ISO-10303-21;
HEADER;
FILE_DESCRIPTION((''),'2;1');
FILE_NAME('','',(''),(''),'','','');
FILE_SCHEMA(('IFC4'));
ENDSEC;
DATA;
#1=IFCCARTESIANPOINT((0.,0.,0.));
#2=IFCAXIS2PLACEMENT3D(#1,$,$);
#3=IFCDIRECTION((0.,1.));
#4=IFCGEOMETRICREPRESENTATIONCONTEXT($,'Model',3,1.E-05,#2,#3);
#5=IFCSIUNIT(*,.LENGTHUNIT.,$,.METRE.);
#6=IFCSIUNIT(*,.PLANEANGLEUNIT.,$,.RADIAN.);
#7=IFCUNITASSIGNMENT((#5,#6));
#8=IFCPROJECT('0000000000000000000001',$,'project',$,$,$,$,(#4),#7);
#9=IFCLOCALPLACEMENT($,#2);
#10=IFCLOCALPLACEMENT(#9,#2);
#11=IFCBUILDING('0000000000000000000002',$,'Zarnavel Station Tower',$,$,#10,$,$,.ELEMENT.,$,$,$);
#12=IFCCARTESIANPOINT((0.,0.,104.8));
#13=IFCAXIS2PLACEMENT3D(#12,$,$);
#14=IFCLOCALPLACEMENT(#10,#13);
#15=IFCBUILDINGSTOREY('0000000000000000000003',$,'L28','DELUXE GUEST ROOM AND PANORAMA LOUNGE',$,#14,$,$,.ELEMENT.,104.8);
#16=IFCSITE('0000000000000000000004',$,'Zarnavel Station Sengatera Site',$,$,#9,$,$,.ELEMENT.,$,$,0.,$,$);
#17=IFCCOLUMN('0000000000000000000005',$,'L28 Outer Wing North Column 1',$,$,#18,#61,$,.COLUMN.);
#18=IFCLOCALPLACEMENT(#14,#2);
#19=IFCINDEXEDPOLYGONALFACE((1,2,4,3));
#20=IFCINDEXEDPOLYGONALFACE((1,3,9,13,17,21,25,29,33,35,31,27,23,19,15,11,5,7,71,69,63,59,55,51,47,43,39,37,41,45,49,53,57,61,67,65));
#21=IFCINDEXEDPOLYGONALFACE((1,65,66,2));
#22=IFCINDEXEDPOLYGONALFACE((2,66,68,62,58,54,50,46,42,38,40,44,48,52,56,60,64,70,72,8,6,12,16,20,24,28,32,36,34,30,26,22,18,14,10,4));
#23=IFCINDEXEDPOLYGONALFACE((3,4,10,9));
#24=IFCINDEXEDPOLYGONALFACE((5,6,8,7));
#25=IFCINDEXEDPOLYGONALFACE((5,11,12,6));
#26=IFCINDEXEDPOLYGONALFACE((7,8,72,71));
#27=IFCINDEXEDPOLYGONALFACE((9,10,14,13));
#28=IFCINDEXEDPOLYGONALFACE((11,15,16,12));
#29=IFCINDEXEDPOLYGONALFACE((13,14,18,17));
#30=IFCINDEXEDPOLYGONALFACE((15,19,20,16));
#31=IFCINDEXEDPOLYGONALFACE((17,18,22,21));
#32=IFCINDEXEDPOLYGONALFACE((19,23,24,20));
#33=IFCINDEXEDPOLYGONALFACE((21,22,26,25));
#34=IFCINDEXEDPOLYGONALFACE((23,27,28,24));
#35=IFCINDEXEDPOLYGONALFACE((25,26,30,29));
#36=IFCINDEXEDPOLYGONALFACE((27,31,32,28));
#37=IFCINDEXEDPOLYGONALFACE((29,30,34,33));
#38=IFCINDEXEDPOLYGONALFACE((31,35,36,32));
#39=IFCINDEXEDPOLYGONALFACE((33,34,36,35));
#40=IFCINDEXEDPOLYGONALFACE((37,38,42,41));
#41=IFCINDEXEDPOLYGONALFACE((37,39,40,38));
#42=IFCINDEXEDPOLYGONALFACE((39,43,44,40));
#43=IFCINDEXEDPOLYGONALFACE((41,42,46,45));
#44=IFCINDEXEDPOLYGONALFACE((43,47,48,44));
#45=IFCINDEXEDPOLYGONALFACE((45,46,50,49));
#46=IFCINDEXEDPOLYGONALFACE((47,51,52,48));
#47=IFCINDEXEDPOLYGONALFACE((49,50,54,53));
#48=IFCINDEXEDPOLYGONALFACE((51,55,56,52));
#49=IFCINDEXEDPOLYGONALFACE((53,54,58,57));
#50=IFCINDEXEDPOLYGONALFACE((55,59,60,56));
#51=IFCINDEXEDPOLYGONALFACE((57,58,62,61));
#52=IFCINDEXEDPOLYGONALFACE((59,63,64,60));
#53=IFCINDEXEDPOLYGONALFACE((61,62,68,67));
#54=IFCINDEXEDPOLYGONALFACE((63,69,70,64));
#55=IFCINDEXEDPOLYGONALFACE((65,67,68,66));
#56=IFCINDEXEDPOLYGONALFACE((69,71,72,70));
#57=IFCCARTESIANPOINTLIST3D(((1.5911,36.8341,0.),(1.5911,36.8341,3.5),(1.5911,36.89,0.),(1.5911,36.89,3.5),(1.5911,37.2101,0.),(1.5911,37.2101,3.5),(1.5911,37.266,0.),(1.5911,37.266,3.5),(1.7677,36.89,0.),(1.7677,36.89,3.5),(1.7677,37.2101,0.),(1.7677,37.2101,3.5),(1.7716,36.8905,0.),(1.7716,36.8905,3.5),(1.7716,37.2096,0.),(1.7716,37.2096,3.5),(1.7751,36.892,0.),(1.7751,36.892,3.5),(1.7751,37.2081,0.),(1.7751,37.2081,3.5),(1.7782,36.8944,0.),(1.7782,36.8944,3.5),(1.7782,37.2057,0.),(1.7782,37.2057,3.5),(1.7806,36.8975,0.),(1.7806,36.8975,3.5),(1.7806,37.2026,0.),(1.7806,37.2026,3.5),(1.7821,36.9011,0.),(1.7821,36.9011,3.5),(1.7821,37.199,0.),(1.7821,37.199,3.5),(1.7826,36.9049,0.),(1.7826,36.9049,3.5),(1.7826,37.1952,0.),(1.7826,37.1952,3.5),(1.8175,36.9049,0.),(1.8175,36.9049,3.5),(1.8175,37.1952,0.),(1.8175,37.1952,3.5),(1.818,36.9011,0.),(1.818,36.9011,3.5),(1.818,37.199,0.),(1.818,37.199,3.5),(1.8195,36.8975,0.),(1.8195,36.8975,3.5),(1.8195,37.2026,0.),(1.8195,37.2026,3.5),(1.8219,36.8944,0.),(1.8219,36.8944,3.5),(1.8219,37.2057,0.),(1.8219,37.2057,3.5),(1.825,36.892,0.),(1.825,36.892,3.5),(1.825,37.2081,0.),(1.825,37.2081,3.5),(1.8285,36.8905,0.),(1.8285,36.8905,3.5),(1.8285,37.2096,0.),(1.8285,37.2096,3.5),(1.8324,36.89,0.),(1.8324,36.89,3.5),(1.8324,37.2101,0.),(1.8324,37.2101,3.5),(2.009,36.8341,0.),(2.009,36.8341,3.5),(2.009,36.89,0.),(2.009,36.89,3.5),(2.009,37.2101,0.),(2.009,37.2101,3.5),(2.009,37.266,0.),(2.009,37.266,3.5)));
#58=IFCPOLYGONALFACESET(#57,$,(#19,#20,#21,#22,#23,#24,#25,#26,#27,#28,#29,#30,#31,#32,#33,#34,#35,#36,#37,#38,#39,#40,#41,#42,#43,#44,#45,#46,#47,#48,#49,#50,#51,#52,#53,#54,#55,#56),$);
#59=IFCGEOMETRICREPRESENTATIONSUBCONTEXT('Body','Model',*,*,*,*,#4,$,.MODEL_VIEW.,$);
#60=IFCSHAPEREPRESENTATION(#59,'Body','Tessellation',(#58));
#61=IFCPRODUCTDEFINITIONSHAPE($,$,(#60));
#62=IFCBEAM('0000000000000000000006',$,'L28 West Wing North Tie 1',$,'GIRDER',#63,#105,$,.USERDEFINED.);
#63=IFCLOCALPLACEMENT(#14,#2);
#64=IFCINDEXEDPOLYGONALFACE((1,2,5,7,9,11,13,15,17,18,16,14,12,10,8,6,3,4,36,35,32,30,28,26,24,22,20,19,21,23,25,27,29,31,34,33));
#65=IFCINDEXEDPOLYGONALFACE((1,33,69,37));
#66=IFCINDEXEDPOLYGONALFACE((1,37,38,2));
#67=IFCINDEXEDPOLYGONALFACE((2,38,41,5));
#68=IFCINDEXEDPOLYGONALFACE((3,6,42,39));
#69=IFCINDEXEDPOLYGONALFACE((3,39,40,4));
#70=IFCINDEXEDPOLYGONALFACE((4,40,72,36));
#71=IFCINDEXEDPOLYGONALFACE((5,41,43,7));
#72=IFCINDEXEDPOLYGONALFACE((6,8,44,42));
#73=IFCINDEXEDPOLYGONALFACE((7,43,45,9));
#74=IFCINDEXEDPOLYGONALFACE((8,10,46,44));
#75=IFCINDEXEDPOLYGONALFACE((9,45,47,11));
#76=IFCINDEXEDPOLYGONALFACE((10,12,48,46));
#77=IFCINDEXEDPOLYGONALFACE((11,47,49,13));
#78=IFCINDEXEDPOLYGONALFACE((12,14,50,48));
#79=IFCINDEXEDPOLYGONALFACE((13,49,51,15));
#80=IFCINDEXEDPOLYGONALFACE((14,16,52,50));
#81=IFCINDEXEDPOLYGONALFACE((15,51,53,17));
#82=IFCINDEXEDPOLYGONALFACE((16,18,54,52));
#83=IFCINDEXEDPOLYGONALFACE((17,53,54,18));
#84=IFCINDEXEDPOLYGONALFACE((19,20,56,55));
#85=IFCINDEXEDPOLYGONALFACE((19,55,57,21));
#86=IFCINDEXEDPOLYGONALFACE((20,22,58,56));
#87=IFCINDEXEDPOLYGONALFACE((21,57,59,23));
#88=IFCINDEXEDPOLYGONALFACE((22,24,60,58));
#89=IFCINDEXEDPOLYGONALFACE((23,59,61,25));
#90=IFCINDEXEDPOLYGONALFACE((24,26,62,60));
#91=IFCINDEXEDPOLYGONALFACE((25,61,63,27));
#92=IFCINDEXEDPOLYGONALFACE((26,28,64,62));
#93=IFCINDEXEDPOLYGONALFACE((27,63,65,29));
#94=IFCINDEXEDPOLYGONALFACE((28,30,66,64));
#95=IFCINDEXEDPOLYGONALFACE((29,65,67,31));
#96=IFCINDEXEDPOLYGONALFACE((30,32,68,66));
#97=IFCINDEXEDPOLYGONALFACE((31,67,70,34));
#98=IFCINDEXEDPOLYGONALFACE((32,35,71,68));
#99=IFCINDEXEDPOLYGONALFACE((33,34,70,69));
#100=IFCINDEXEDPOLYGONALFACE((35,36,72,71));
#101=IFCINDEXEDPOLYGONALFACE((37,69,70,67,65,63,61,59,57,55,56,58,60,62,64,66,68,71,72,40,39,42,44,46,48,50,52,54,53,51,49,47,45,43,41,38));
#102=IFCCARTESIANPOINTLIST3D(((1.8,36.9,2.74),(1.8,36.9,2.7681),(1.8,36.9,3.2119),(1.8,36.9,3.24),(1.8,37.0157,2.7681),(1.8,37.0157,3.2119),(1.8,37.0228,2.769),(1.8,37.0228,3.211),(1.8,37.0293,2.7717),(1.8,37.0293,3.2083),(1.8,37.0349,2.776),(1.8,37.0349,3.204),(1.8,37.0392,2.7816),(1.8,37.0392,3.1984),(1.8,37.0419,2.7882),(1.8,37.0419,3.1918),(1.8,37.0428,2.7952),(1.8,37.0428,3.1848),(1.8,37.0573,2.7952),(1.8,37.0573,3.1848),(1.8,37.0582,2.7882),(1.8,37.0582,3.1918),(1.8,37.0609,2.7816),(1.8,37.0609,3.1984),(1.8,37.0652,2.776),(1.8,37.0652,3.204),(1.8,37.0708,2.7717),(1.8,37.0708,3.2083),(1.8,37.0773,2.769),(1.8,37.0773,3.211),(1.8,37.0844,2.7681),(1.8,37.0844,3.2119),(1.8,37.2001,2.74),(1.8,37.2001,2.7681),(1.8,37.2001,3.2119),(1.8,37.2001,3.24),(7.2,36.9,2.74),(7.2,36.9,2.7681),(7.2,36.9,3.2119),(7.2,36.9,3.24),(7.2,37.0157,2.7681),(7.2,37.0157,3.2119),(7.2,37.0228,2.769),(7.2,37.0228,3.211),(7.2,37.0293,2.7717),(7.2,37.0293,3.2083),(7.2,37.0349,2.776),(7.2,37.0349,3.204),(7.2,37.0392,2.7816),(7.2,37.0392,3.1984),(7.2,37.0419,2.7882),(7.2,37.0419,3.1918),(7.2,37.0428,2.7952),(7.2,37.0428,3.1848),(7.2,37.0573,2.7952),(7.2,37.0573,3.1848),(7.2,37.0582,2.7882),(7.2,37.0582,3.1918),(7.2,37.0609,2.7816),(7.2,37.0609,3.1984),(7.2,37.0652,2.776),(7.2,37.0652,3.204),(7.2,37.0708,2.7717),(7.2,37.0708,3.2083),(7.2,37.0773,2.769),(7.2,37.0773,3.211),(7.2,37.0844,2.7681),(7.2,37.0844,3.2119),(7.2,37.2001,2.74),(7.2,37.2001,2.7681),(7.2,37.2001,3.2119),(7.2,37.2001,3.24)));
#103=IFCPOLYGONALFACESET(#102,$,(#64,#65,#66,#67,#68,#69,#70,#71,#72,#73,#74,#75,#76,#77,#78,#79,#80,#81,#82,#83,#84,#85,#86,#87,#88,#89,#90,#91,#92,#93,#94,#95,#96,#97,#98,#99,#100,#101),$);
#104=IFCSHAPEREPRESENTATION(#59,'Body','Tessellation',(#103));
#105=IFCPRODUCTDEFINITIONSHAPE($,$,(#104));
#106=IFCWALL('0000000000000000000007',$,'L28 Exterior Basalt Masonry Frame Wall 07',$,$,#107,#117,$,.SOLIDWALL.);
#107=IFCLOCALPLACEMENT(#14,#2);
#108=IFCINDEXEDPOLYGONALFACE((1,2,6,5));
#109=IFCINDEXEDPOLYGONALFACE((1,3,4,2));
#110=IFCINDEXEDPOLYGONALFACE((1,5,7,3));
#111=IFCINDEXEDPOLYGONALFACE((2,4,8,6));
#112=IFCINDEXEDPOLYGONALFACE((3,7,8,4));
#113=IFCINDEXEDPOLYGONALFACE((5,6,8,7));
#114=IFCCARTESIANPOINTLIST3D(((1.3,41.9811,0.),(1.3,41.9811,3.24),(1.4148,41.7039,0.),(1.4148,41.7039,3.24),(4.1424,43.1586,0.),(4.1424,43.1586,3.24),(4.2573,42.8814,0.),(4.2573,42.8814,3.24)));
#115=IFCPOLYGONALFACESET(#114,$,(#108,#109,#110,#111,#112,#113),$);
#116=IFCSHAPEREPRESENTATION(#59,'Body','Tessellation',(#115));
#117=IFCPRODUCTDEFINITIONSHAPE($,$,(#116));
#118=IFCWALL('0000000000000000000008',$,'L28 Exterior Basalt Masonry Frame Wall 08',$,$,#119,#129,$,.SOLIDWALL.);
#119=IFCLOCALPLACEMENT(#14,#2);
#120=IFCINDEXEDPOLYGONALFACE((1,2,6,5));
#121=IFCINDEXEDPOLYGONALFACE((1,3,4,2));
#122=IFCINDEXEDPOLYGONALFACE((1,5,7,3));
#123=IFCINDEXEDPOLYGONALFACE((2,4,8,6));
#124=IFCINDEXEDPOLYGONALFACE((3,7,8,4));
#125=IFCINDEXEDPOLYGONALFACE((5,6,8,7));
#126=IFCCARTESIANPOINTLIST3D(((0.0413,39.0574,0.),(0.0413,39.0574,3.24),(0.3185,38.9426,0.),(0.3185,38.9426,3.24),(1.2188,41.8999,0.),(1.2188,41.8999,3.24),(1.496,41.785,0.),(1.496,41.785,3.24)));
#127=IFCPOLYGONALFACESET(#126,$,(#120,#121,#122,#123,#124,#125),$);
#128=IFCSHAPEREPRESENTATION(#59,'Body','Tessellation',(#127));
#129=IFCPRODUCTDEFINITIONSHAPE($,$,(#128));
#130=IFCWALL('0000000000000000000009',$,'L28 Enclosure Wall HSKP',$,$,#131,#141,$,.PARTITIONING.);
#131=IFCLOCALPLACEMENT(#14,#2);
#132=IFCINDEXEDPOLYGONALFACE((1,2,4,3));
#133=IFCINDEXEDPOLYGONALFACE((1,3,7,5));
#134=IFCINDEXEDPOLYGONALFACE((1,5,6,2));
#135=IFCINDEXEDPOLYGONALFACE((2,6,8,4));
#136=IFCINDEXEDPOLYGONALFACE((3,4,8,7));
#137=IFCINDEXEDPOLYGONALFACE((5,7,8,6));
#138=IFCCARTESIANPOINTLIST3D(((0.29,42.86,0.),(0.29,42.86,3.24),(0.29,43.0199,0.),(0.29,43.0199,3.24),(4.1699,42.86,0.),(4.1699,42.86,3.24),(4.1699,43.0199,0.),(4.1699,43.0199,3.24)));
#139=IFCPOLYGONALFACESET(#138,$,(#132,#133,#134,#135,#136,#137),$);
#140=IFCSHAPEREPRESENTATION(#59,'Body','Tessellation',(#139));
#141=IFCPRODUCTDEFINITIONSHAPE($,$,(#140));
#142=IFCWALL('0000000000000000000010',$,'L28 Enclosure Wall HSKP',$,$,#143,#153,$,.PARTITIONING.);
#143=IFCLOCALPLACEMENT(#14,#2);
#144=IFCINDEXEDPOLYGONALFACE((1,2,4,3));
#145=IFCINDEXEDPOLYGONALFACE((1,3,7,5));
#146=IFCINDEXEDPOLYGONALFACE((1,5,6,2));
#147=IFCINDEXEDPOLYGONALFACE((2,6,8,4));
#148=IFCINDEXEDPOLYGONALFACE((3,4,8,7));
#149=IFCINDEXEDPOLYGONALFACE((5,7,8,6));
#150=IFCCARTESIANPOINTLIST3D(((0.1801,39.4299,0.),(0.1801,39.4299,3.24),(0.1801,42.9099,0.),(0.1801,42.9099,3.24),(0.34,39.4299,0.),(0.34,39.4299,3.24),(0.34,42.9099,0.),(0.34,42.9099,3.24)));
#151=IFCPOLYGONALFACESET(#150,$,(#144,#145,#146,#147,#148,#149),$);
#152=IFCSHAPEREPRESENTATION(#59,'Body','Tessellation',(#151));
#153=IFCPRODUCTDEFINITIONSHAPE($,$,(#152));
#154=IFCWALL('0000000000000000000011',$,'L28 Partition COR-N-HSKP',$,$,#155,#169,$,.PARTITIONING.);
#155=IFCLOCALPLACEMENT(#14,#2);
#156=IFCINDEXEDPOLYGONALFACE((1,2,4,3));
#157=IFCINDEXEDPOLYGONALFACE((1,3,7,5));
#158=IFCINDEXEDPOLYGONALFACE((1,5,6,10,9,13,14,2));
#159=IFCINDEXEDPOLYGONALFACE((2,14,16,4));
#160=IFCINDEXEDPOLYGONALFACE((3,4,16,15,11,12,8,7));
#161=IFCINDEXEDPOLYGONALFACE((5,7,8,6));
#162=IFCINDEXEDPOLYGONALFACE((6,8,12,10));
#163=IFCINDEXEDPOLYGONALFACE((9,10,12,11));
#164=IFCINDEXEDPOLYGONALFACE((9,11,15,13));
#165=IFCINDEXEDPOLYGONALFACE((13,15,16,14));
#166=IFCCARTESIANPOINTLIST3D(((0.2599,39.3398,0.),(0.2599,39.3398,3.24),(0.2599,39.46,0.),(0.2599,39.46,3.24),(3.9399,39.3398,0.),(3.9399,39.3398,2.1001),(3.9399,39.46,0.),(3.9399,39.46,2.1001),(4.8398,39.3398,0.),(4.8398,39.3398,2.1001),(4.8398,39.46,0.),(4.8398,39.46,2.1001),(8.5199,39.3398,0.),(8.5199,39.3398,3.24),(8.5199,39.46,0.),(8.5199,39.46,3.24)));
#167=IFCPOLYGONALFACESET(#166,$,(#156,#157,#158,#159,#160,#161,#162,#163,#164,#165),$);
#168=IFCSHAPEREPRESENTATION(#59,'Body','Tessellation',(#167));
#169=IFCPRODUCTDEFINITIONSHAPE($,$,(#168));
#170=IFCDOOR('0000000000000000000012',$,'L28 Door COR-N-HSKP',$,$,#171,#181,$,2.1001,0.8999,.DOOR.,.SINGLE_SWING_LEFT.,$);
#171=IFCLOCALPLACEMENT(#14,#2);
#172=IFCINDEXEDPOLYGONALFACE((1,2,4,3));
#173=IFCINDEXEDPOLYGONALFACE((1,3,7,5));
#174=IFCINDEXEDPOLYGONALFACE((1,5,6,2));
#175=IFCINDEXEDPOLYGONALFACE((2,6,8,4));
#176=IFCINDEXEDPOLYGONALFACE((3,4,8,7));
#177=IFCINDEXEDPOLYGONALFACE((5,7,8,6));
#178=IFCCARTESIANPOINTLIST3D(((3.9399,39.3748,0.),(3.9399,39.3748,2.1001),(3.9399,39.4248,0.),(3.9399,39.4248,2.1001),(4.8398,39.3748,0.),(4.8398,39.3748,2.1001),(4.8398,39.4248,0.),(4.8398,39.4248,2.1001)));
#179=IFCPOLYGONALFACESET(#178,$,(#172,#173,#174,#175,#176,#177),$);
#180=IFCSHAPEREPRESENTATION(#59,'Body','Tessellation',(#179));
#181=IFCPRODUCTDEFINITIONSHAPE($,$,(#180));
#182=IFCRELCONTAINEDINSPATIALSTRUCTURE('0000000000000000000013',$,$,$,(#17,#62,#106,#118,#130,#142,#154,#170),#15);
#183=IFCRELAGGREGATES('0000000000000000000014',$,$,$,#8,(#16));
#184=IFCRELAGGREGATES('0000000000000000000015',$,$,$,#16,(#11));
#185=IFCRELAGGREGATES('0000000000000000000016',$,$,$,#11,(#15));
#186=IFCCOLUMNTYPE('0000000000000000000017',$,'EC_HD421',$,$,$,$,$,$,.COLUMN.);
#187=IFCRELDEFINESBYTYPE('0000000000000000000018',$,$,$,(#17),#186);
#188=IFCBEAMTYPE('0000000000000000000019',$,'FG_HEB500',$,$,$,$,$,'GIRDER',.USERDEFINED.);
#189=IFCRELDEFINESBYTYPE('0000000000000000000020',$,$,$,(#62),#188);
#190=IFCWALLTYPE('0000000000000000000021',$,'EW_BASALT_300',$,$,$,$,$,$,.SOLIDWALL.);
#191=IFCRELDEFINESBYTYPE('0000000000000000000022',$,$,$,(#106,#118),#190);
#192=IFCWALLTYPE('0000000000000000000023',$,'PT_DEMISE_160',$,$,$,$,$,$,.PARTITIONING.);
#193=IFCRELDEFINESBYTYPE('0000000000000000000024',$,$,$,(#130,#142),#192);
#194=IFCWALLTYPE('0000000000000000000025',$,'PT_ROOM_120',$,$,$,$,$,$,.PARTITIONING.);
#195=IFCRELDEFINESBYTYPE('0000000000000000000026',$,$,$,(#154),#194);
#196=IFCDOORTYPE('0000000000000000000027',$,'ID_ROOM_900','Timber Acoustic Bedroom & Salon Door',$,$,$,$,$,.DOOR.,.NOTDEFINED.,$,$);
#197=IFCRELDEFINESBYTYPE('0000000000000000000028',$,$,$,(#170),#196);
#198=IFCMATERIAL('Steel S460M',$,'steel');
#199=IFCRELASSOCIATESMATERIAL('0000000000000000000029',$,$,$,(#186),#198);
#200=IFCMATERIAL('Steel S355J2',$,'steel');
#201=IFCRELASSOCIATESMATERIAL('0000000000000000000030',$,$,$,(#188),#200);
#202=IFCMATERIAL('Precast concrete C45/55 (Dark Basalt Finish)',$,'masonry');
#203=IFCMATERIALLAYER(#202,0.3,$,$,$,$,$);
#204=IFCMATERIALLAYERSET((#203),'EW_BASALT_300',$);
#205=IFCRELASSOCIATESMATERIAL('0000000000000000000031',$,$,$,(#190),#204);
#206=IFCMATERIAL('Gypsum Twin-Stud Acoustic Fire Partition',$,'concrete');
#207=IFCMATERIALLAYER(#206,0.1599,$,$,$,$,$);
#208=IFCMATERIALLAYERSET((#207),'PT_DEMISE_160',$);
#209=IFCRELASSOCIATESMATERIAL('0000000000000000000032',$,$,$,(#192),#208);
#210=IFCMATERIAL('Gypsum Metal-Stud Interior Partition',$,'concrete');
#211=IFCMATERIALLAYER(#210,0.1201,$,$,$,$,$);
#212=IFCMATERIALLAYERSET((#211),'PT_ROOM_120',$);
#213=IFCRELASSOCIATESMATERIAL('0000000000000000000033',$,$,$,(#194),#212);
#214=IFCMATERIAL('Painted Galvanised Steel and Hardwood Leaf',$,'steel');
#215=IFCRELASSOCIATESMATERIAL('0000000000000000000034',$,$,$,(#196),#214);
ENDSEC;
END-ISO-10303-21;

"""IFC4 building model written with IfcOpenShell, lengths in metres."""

from ifc_helpers import new_model, si_unit, direction, frame, frame_2d, origin, origin_2d, place, context, subcontext, project, spatial, rectangle, i_section, extrude, material, layer, layer_set, material_profile, profile_set, type_object, element, fill, save


model = new_model("IFC4")

# Units and contexts
model_context = context("Model", 3, precision=1e-05, world=origin(), true_north=direction((0.0, 1.0)))
body_context = subcontext(model_context, "Body", "Model", "MODEL_VIEW")
ifc_project = project(units=[si_unit("LENGTHUNIT", "METRE"), si_unit("PLANEANGLEUNIT", "RADIAN")], contexts=[model_context])

# Site, building, storey
site_placement = place(None, origin())
site = spatial("IfcSite", under=ifc_project, at=site_placement, Name="Zarnavel Station Sengatera Site", CompositionType="ELEMENT", RefElevation=0.0)
building_placement = place(site_placement, origin())
building = spatial("IfcBuilding", under=site, at=building_placement, Name="Zarnavel Station Tower", CompositionType="ELEMENT")
storey_placement = place(building_placement, frame((0.0, 0.0, 104.8)))
storey = spatial("IfcBuildingStorey", under=building, at=storey_placement, Name="L28", Description="DELUXE GUEST ROOM AND PANORAMA LOUNGE", CompositionType="ELEMENT", Elevation=104.8)

# Column
ifc_material_1 = material(Name="Steel S460M", Category="steel")
ifc_material_profile_1 = material_profile(ifc_material_1, i_section(OverallWidth=0.418, OverallDepth=0.4319, WebThickness=0.0349, FlangeThickness=0.0559, FilletRadius=0.0149, at=origin_2d()), Name="HD400x421")
ifc_profile_set_1 = profile_set([ifc_material_profile_1], Name="Steel S460M")
column_type = type_object("IfcColumnType", Name="EC_HD421", PredefinedType="COLUMN", material=ifc_profile_set_1)
column_placement = place(storey_placement, frame((1.8, 37.05, 0.0), z_axis=(0.0, 0.0, 1.0), x_axis=(1.0, 0.0, 0.0)))
element("IfcColumn", 1, at=column_placement, inside=storey, type_object=column_type, Name="L28 Outer Wing North Column 1", PredefinedType="COLUMN", context=body_context, shape_type="SweptSolid", body=[
    extrude(i_section(OverallWidth=0.418, OverallDepth=0.4319, WebThickness=0.0349, FlangeThickness=0.0559, FilletRadius=0.0149, at=origin_2d()), origin(), (0.0, 0.0, 1.0), 3.5),
])

# Beam
ifc_material_2 = material(Name="Steel S355J2", Category="steel")
ifc_material_profile_2 = material_profile(ifc_material_2, i_section(OverallWidth=0.3, OverallDepth=0.5, WebThickness=0.0144, FlangeThickness=0.0281, FilletRadius=0.0271, at=origin_2d()), Name="HEB500")
ifc_profile_set_2 = profile_set([ifc_material_profile_2], Name="Steel S355J2")
beam_type = type_object("IfcBeamType", Name="FG_HEB500", ElementType="GIRDER", PredefinedType="USERDEFINED", material=ifc_profile_set_2)
beam_placement = place(storey_placement, frame((1.8, 37.05, 2.99), z_axis=(1.0, 0.0, 0.0), x_axis=(0.0, 1.0, 0.0)))
element("IfcBeam", 2, at=beam_placement, inside=storey, type_object=beam_type, Name="L28 West Wing North Tie 1", ObjectType="GIRDER", PredefinedType="USERDEFINED", context=body_context, shape_type="SweptSolid", body=[
    extrude(i_section(OverallWidth=0.3, OverallDepth=0.5, WebThickness=0.0144, FlangeThickness=0.0281, FilletRadius=0.0271, at=origin_2d()), origin(), (0.0, 0.0, 1.0), 5.3999),
])

# Walls
ifc_material_3 = material(Name="Precast concrete C45/55 (Dark Basalt Finish)", Category="masonry")
ifc_layer_1 = layer(ifc_material_3, 0.3)
ifc_layer_set_1 = layer_set([ifc_layer_1], Name="EW_BASALT_300")
wall_type_1 = type_object("IfcWallType", Name="EW_BASALT_300", PredefinedType="SOLIDWALL", material=ifc_layer_set_1)
for number, where, z_axis, x_axis, name in (
    (3, (1.3574, 41.8425, 0.0), (0.0, 0.0, 1.0), (0.923871, 0.382705, 0.0), "L28 Exterior Basalt Masonry Frame Wall 07"),
    (4, (0.1799, 39.0, 0.0), (0.0, 0.0, 1.0), (0.382705, 0.923871, 0.0), "L28 Exterior Basalt Masonry Frame Wall 08"),
):
    element("IfcWall", number, at=place(storey_placement, frame(where, z_axis=z_axis, x_axis=x_axis)), inside=storey, type_object=wall_type_1, Name=name, PredefinedType="SOLIDWALL", context=body_context, shape_type="SweptSolid", body=[
        extrude(rectangle(XDim=3.0767, YDim=0.3, at=frame_2d((1.5383, 0.0))), origin(), (0.0, 0.0, 1.0), 3.24),
    ])
ifc_material_4 = material(Name="Gypsum Twin-Stud Acoustic Fire Partition", Category="concrete")
ifc_layer_2 = layer(ifc_material_4, 0.1599)
ifc_layer_set_2 = layer_set([ifc_layer_2], Name="PT_DEMISE_160")
wall_type_2 = type_object("IfcWallType", Name="PT_DEMISE_160", PredefinedType="PARTITIONING", material=ifc_layer_set_2)
wall_1_placement = place(storey_placement, frame((0.29, 42.9399, 0.0), z_axis=(0.0, 0.0, 1.0), x_axis=(1.0, 0.0, 0.0)))
element("IfcWall", 5, at=wall_1_placement, inside=storey, type_object=wall_type_2, Name="L28 Enclosure Wall HSKP", PredefinedType="PARTITIONING", context=body_context, shape_type="SweptSolid", body=[
    extrude(rectangle(XDim=3.8799, YDim=0.1599, at=frame_2d((1.9399, 0.0))), origin(), (0.0, 0.0, 1.0), 3.24),
])
wall_2_placement = place(storey_placement, frame((0.26, 39.4299, 0.0), z_axis=(0.0, 0.0, 1.0), x_axis=(0.0, 1.0, 0.0)))
element("IfcWall", 6, at=wall_2_placement, inside=storey, type_object=wall_type_2, Name="L28 Enclosure Wall HSKP", PredefinedType="PARTITIONING", context=body_context, shape_type="SweptSolid", body=[
    extrude(rectangle(XDim=3.48, YDim=0.1599, at=frame_2d((1.74, 0.0))), origin(), (0.0, 0.0, 1.0), 3.24),
])

# Wall, opening, door
ifc_material_5 = material(Name="Gypsum Metal-Stud Interior Partition", Category="concrete")
ifc_layer_3 = layer(ifc_material_5, 0.1201)
ifc_layer_set_3 = layer_set([ifc_layer_3], Name="PT_ROOM_120")
wall_type_3 = type_object("IfcWallType", Name="PT_ROOM_120", PredefinedType="PARTITIONING", material=ifc_layer_set_3)
wall_3_placement = place(storey_placement, frame((0.26, 39.3999, 0.0), z_axis=(0.0, 0.0, 1.0), x_axis=(1.0, 0.0, 0.0)))
wall_3 = element("IfcWall", 7, at=wall_3_placement, inside=storey, type_object=wall_type_3, Name="L28 Partition COR-N-HSKP", PredefinedType="PARTITIONING", context=body_context, shape_type="SweptSolid", body=[
    extrude(rectangle(XDim=8.26, YDim=0.1201, at=frame_2d((4.1299, 0.0))), origin(), (0.0, 0.0, 1.0), 3.24),
])
opening_1_placement = place(wall_3_placement, frame((3.6799, 0.0, 0.0)))
opening_1 = element("IfcOpeningElement", 8, at=opening_1_placement, cuts=wall_3, PredefinedType="OPENING", context=body_context, shape_type="SweptSolid", body=[
    extrude(rectangle(XDim=0.8999, YDim=2.1001, at=frame_2d((0.45, 1.05))), frame((0.0, 0.0701, 0.0), z_axis=(0.0, -1.0, 0.0), x_axis=(1.0, 0.0, 0.0)), (0.0, 0.0, 1.0), 0.1401),
])
ifc_material_6 = material(Name="Painted Galvanised Steel and Hardwood Leaf", Category="steel")
door_type_1 = type_object("IfcDoorType", Name="ID_ROOM_900", Description="Timber Acoustic Bedroom & Salon Door", OperationType="NOTDEFINED", PredefinedType="DOOR", material=ifc_material_6)
door_1_placement = place(opening_1_placement, origin())
door_1 = element("IfcDoor", 9, at=door_1_placement, inside=storey, type_object=door_type_1, Name="L28 Door COR-N-HSKP", OperationType="SINGLE_SWING_LEFT", OverallHeight=2.1001, OverallWidth=0.8999, PredefinedType="DOOR", context=body_context, shape_type="SweptSolid", body=[
    extrude(rectangle(XDim=0.8999, YDim=2.1001, at=frame_2d((0.45, 1.05))), frame((0.0, 0.0249, 0.0), z_axis=(0.0, -1.0, 0.0), x_axis=(1.0, 0.0, 0.0)), (0.0, 0.0, 1.0), 0.05),
])
fill(opening_1, door_1)

save(model, "model.ifc")
